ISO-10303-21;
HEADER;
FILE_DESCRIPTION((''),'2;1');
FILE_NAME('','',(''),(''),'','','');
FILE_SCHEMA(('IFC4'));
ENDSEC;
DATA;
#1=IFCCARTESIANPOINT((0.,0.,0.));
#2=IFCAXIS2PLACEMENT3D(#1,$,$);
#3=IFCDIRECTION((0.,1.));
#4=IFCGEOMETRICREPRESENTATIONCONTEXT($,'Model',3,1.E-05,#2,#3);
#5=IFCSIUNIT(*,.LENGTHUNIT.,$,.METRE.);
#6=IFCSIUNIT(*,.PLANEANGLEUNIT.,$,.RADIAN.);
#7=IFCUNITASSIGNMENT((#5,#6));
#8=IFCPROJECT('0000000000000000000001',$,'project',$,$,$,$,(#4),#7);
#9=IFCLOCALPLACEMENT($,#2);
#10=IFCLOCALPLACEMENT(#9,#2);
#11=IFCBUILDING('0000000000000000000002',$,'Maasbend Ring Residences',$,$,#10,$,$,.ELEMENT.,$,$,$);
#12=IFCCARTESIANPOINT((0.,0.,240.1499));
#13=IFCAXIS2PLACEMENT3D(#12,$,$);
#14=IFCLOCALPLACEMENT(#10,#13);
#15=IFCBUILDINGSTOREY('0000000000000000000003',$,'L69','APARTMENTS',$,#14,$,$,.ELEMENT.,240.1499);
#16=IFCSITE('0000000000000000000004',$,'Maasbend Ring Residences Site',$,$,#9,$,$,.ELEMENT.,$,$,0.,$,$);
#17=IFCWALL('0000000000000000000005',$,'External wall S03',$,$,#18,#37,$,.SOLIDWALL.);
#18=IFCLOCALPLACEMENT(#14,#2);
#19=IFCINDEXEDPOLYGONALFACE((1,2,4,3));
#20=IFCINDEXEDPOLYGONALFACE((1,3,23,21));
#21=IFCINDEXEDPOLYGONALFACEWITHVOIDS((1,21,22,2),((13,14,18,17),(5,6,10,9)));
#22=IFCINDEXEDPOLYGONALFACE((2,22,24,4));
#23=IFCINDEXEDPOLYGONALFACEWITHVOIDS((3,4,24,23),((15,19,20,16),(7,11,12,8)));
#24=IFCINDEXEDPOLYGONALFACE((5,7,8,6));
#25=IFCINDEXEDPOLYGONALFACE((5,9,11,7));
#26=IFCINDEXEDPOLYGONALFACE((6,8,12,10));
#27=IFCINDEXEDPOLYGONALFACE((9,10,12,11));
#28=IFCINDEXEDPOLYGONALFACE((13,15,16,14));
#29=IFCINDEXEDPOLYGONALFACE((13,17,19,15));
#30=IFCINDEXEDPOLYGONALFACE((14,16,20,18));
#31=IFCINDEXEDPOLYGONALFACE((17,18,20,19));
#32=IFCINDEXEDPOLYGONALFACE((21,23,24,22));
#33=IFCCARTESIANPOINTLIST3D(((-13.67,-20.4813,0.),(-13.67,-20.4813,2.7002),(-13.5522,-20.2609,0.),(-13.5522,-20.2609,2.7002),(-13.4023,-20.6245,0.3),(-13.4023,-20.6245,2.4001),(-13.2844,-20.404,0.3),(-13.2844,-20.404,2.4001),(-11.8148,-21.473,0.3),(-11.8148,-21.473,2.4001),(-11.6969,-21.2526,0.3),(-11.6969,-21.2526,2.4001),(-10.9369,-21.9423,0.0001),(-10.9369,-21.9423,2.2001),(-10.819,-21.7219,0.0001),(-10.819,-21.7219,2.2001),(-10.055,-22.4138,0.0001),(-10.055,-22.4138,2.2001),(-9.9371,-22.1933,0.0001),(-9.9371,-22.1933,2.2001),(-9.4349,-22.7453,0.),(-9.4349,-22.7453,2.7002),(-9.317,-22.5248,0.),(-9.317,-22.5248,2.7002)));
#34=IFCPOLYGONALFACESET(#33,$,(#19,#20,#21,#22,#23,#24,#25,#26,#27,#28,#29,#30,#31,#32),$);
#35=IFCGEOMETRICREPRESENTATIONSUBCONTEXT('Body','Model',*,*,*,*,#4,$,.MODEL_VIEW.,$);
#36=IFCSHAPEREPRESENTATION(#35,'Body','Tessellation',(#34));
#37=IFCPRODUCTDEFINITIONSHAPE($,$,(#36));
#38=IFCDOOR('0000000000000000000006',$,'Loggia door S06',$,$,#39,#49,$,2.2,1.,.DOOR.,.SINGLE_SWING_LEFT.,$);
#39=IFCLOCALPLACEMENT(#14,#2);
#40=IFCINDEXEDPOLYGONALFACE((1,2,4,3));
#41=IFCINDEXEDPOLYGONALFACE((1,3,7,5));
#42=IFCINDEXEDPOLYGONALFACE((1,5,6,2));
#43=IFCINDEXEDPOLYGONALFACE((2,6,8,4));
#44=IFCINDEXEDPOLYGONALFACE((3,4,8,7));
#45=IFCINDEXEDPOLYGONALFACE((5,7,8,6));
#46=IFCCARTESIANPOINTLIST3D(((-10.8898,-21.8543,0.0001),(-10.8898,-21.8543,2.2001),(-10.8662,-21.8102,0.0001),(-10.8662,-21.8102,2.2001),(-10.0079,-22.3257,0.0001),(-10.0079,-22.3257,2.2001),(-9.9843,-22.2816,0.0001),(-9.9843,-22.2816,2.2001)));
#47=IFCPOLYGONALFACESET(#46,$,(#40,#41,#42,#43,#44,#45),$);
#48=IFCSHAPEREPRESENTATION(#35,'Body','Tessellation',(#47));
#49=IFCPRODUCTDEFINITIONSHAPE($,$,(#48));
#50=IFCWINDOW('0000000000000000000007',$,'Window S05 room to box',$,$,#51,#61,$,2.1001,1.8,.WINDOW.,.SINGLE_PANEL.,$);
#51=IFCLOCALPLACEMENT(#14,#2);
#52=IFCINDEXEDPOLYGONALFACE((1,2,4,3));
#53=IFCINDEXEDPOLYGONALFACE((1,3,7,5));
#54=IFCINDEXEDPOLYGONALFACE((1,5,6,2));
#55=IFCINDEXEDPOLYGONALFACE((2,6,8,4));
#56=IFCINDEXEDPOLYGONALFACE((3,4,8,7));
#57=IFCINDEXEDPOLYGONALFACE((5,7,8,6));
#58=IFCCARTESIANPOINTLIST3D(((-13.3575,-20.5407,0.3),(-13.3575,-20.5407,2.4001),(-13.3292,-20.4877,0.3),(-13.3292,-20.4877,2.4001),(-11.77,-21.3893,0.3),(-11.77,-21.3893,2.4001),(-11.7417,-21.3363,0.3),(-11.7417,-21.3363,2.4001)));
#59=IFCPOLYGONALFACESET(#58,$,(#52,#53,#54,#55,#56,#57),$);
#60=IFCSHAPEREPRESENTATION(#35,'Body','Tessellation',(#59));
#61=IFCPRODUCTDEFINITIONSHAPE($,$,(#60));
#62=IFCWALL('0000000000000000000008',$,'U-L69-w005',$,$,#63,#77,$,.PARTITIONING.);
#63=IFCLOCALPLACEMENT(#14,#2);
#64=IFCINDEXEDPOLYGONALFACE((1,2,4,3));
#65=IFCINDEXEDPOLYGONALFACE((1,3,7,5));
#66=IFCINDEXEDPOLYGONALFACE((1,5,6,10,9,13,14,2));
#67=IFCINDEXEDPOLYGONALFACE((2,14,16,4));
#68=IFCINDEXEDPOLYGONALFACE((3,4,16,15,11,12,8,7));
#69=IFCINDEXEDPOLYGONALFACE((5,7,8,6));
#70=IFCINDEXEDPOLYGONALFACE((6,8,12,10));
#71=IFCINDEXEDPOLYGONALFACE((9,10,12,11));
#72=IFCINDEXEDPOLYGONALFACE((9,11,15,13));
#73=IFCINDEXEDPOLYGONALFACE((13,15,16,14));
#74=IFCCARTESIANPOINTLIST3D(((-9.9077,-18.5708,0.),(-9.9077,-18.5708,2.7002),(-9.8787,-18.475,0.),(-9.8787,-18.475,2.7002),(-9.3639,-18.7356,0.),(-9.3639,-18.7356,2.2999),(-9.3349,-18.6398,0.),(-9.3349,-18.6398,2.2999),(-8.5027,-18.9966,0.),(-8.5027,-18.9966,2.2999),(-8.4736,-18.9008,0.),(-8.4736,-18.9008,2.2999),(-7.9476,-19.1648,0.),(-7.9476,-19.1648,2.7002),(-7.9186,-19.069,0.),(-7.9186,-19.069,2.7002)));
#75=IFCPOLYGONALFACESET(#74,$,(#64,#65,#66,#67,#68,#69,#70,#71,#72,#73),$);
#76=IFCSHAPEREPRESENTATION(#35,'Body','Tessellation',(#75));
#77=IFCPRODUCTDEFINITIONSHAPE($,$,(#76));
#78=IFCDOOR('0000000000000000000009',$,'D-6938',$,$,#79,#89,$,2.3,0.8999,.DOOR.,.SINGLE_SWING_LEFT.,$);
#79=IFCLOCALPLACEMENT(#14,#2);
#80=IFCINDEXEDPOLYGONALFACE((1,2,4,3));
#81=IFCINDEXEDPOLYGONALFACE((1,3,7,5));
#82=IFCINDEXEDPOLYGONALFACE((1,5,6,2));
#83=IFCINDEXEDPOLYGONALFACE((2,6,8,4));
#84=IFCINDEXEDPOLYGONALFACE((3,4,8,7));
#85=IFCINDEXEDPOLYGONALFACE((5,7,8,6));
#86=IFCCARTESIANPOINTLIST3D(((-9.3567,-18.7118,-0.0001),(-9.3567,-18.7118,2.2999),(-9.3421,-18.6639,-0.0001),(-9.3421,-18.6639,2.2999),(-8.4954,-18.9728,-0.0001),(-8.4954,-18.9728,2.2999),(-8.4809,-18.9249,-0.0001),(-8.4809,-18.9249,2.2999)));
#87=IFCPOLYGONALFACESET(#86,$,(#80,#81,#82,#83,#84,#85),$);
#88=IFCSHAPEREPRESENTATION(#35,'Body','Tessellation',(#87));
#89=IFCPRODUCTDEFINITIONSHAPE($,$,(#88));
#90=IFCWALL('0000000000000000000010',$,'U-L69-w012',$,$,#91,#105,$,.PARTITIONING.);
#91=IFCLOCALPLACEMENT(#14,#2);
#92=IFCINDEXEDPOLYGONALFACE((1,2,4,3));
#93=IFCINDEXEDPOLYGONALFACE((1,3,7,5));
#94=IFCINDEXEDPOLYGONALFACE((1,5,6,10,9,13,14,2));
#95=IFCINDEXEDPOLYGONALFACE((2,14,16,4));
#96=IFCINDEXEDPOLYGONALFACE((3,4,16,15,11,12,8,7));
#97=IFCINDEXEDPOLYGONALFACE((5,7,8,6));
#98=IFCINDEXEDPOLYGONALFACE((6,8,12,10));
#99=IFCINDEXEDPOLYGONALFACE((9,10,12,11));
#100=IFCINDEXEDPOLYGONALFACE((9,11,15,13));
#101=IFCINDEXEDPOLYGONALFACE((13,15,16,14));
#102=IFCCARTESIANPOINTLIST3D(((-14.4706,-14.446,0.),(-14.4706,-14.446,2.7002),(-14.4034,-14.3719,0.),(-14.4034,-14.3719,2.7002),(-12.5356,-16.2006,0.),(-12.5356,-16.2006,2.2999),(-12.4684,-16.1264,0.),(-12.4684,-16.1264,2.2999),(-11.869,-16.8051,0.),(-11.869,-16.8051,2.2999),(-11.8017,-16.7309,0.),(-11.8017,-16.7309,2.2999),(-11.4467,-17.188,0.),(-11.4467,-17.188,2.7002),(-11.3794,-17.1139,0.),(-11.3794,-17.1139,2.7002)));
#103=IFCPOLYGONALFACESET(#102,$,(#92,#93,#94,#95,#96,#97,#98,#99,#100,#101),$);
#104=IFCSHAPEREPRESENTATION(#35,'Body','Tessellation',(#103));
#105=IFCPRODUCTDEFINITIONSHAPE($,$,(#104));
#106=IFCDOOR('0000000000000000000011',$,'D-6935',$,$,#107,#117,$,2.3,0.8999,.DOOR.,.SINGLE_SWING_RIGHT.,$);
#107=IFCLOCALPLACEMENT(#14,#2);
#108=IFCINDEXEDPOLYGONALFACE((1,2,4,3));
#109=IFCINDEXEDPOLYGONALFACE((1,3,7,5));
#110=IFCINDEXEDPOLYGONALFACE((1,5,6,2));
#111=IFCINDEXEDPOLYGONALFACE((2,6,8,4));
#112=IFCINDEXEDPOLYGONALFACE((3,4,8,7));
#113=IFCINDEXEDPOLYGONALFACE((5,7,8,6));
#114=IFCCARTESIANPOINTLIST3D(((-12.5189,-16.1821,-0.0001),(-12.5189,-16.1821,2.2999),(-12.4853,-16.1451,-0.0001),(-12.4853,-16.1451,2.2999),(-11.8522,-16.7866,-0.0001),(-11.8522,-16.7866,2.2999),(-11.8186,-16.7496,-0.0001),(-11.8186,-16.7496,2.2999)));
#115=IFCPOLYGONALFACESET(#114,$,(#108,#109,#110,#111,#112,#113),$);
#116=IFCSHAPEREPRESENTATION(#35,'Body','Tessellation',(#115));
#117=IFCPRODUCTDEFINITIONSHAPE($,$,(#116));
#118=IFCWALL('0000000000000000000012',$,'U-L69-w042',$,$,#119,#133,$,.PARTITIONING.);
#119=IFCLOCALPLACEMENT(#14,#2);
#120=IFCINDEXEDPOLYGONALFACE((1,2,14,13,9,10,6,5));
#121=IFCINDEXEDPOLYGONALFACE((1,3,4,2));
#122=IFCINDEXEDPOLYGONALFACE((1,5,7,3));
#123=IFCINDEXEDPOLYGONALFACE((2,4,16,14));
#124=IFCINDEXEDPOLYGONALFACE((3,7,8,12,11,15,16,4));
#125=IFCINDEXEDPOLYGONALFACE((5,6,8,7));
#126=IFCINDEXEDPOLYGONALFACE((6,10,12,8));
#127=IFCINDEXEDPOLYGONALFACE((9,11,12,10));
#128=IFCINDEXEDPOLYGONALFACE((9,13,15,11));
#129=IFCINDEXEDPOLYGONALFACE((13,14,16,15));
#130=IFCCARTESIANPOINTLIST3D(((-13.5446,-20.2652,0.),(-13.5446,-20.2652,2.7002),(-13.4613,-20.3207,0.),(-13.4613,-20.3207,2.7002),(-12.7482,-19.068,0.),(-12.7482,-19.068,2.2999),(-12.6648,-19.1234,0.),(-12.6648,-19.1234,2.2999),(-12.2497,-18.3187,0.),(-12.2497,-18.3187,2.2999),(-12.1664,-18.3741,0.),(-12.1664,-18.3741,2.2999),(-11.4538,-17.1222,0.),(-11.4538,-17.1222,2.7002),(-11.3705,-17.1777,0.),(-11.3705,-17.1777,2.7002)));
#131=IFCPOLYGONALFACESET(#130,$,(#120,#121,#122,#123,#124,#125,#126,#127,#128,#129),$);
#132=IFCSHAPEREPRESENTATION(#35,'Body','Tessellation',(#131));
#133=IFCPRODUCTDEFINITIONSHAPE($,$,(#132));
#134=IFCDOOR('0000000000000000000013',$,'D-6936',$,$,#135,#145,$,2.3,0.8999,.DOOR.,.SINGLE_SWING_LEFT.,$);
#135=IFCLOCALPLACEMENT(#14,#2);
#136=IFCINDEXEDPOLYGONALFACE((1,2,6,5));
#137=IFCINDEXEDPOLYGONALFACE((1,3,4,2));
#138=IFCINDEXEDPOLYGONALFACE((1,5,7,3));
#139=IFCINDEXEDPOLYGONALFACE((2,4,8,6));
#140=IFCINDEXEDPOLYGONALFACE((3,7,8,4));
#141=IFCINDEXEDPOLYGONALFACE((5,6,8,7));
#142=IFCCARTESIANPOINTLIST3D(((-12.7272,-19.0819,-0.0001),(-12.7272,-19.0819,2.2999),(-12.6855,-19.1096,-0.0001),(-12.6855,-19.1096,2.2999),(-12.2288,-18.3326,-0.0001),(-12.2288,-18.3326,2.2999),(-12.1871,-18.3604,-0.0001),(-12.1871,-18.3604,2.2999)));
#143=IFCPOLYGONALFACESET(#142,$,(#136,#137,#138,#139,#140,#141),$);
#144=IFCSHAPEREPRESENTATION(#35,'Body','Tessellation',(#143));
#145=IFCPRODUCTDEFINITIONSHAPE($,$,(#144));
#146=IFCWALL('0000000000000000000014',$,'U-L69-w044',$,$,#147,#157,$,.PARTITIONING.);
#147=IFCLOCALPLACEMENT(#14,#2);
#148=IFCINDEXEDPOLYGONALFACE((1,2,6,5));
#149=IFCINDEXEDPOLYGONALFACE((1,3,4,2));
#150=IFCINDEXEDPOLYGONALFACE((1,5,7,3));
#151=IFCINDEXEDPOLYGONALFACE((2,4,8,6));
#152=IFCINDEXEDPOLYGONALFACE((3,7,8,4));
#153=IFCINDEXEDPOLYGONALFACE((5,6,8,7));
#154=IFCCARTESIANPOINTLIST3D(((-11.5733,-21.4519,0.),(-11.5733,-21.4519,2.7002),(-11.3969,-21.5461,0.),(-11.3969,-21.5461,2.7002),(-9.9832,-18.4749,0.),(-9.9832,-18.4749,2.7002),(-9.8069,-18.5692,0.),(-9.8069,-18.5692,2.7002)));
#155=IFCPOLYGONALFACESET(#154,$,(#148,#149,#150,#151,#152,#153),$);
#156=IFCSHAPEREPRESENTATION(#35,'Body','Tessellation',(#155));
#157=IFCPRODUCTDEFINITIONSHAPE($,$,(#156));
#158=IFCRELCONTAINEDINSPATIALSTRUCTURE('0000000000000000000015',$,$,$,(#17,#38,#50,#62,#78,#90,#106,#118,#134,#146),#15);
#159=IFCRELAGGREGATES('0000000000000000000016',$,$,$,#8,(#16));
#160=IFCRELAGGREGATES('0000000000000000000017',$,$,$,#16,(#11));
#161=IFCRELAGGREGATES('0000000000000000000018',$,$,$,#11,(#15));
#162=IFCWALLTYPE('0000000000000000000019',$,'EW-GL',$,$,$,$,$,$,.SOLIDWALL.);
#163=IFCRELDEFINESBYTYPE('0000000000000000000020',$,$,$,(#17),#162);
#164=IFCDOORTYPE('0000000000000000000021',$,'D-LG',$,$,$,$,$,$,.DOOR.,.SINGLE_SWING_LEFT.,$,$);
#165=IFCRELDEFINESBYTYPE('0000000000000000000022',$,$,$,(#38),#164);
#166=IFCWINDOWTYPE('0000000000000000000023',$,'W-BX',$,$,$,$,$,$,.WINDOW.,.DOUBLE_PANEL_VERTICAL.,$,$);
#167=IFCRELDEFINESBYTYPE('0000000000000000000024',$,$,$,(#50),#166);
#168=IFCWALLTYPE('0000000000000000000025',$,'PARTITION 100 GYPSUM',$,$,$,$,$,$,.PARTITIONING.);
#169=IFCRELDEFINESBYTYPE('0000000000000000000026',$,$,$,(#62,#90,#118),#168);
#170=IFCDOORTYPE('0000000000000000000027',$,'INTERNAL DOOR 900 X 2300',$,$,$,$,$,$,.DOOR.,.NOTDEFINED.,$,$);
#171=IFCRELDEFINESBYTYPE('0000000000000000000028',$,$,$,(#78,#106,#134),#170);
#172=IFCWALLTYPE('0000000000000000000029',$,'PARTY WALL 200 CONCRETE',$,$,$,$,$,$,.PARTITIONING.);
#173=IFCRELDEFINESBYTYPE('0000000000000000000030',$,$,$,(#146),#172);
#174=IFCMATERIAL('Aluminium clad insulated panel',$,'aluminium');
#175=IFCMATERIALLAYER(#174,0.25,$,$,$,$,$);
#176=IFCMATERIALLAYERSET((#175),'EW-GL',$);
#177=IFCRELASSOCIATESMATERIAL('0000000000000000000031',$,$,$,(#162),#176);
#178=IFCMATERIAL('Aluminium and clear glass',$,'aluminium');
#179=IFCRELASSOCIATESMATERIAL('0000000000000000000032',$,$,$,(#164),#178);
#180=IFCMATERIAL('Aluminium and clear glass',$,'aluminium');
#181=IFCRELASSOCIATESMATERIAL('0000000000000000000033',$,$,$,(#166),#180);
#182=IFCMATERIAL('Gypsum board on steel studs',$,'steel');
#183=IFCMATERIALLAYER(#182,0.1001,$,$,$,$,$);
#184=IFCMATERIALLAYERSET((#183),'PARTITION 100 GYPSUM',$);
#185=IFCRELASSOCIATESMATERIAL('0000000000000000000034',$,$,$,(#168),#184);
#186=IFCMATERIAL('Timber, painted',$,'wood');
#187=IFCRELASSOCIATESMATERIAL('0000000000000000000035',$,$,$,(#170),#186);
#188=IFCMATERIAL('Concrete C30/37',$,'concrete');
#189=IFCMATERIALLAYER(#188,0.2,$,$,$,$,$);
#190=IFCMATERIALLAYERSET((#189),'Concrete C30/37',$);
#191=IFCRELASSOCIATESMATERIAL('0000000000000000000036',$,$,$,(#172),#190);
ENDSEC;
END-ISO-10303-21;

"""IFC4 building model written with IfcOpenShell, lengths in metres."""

from ifc_helpers import new_model, si_unit, direction, frame, frame_2d, origin, place, context, subcontext, project, spatial, rectangle, extrude, material, layer, layer_set, type_object, element, fill, save


model = new_model("IFC4")

# Units and contexts
model_context = context("Model", 3, precision=1e-05, world=origin(), true_north=direction((0.0, 1.0)))
body_context = subcontext(model_context, "Body", "Model", "MODEL_VIEW")
ifc_project = project(units=[si_unit("LENGTHUNIT", "METRE"), si_unit("PLANEANGLEUNIT", "RADIAN")], contexts=[model_context])

# Site, building, storey
site_placement = place(None, origin())
site = spatial("IfcSite", under=ifc_project, at=site_placement, Name="Maasbend Ring Residences Site", CompositionType="ELEMENT", RefElevation=0.0)
building_placement = place(site_placement, origin())
building = spatial("IfcBuilding", under=site, at=building_placement, Name="Maasbend Ring Residences", CompositionType="ELEMENT")
storey_placement = place(building_placement, frame((0.0, 0.0, 240.1499)))
storey = spatial("IfcBuildingStorey", under=building, at=storey_placement, Name="L69", Description="APARTMENTS", CompositionType="ELEMENT", Elevation=240.1499)

# Wall, openings, door, window
ifc_material_1 = material(Name="Aluminium clad insulated panel", Category="aluminium")
ifc_layer_1 = layer(ifc_material_1, 0.25)
ifc_layer_set_1 = layer_set([ifc_layer_1], Name="EW-GL")
wall_type_1 = type_object("IfcWallType", Name="EW-GL", PredefinedType="SOLIDWALL", material=ifc_layer_set_1)
wall_1_placement = place(storey_placement, frame((-13.6111, -20.3711, 0.0), z_axis=(0.0, 0.0, 1.0), x_axis=(0.881904, -0.47143, 0.0)))
wall_1 = element("IfcWall", 1, at=wall_1_placement, inside=storey, type_object=wall_type_1, Name="External wall S03", PredefinedType="SOLIDWALL", context=body_context, shape_type="SweptSolid", body=[
    extrude(rectangle(XDim=4.8022, YDim=0.25, at=frame_2d((2.4011, 0.0))), origin(), (0.0, 0.0, 1.0), 2.7002),
])
opening_1_placement = place(wall_1_placement, frame((0.3037, 0.0, 0.3)))
opening_1 = element("IfcOpeningElement", 2, at=opening_1_placement, cuts=wall_1, PredefinedType="OPENING", context=body_context, shape_type="SweptSolid", body=[
    extrude(rectangle(XDim=1.8, YDim=2.1001, at=frame_2d((0.8999, 1.05))), frame((0.0, 0.135, 0.0), z_axis=(0.0, -1.0, 0.0), x_axis=(1.0, 0.0, 0.0)), (0.0, 0.0, 1.0), 0.27),
])
opening_2_placement = place(wall_1_placement, frame((3.0991, 0.0, 0.0)))
opening_2 = element("IfcOpeningElement", 3, at=opening_2_placement, cuts=wall_1, PredefinedType="OPENING", context=body_context, shape_type="SweptSolid", body=[
    extrude(rectangle(XDim=1.0, YDim=2.2, at=frame_2d((0.5, 1.1001))), frame((0.0, 0.135, 0.0), z_axis=(0.0, -1.0, 0.0), x_axis=(1.0, 0.0, 0.0)), (0.0, 0.0, 1.0), 0.27),
])
ifc_material_2 = material(Name="Aluminium and clear glass", Category="aluminium")
door_type_1 = type_object("IfcDoorType", Name="D-LG", OperationType="SINGLE_SWING_LEFT", PredefinedType="DOOR", material=ifc_material_2)
door_1_placement = place(opening_2_placement, origin())
door_1 = element("IfcDoor", 4, at=door_1_placement, inside=storey, type_object=door_type_1, Name="Loggia door S06", OperationType="SINGLE_SWING_LEFT", OverallHeight=2.2, OverallWidth=1.0, PredefinedType="DOOR", context=body_context, shape_type="SweptSolid", body=[
    extrude(rectangle(XDim=1.0, YDim=2.2, at=frame_2d((0.5, 1.1001))), frame((0.0, 0.0249, 0.0), z_axis=(0.0, -1.0, 0.0), x_axis=(1.0, 0.0, 0.0)), (0.0, 0.0, 1.0), 0.05),
])
fill(opening_2, door_1)
ifc_material_3 = material(Name="Aluminium and clear glass", Category="aluminium")
window_type_1 = type_object("IfcWindowType", Name="W-BX", PartitioningType="DOUBLE_PANEL_VERTICAL", PredefinedType="WINDOW", material=ifc_material_3)
window_1_placement = place(opening_1_placement, origin())
window_1 = element("IfcWindow", 5, at=window_1_placement, inside=storey, type_object=window_type_1, Name="Window S05 room to box", OverallHeight=2.1001, OverallWidth=1.8, PartitioningType="SINGLE_PANEL", PredefinedType="WINDOW", context=body_context, shape_type="SweptSolid", body=[
    extrude(rectangle(XDim=1.8, YDim=2.1001, at=frame_2d((0.8999, 1.05))), frame((0.0, 0.03, 0.0), z_axis=(0.0, -1.0, 0.0), x_axis=(1.0, 0.0, 0.0)), (0.0, 0.0, 1.0), 0.0601),
])
fill(opening_1, window_1)

# Walls, openings, doors
ifc_material_4 = material(Name="Gypsum board on steel studs", Category="steel")
ifc_layer_2 = layer(ifc_material_4, 0.1001)
ifc_layer_set_2 = layer_set([ifc_layer_2], Name="PARTITION 100 GYPSUM")
wall_type_2 = type_object("IfcWallType", Name="PARTITION 100 GYPSUM", PredefinedType="PARTITIONING", material=ifc_layer_set_2)
wall_2_placement = place(storey_placement, frame((-9.8931, -18.5229, 0.0), z_axis=(0.0, 0.0, 1.0), x_axis=(0.957015, -0.290037, 0.0)))
wall_2 = element("IfcWall", 6, at=wall_2_placement, inside=storey, type_object=wall_type_2, Name="U-L69-w005", PredefinedType="PARTITIONING", context=body_context, shape_type="SweptSolid", body=[
    extrude(rectangle(XDim=2.0481, YDim=0.1001, at=frame_2d((1.0239, 0.0))), origin(), (0.0, 0.0, 1.0), 2.7002),
])
opening_3_placement = place(wall_2_placement, frame((0.5681, 0.0, 0.0)))
opening_3 = element("IfcOpeningElement", 7, at=opening_3_placement, cuts=wall_2, PredefinedType="OPENING", context=body_context, shape_type="SweptSolid", body=[
    extrude(rectangle(XDim=0.8999, YDim=2.3, at=frame_2d((0.45, 1.1499))), frame((0.0, 0.0601, 0.0), z_axis=(0.0, -1.0, 0.0), x_axis=(1.0, 0.0, 0.0)), (0.0, 0.0, 1.0), 0.1201),
])
ifc_material_5 = material(Name="Timber, painted", Category="wood")
door_type_2 = type_object("IfcDoorType", Name="INTERNAL DOOR 900 X 2300", OperationType="NOTDEFINED", PredefinedType="DOOR", material=ifc_material_5)
door_2_placement = place(opening_3_placement, origin())
door_2 = element("IfcDoor", 8, at=door_2_placement, inside=storey, type_object=door_type_2, Name="D-6938", OperationType="SINGLE_SWING_LEFT", OverallHeight=2.3, OverallWidth=0.8999, PredefinedType="DOOR", context=body_context, shape_type="SweptSolid", body=[
    extrude(rectangle(XDim=0.8999, YDim=2.3, at=frame_2d((0.45, 1.1499))), frame((0.0, 0.0249, 0.0), z_axis=(0.0, -1.0, 0.0), x_axis=(1.0, 0.0, 0.0)), (0.0, 0.0, 1.0), 0.05),
])
fill(opening_3, door_2)
wall_3_placement = place(storey_placement, frame((-14.437, -14.4089, 0.0), z_axis=(0.0, 0.0, 1.0), x_axis=(0.740803, -0.671723, 0.0)))
wall_3 = element("IfcWall", 9, at=wall_3_placement, inside=storey, type_object=wall_type_2, Name="U-L69-w012", PredefinedType="PARTITIONING", context=body_context, shape_type="SweptSolid", body=[
    extrude(rectangle(XDim=4.082, YDim=0.1001, at=frame_2d((2.041, 0.0))), origin(), (0.0, 0.0, 1.0), 2.7002),
])
opening_4_placement = place(wall_3_placement, frame((2.6121, 0.0, 0.0)))
opening_4 = element("IfcOpeningElement", 10, at=opening_4_placement, cuts=wall_3, PredefinedType="OPENING", context=body_context, shape_type="SweptSolid", body=[
    extrude(rectangle(XDim=0.8999, YDim=2.3, at=frame_2d((0.45, 1.1499))), frame((0.0, 0.0601, 0.0), z_axis=(0.0, -1.0, 0.0), x_axis=(1.0, 0.0, 0.0)), (0.0, 0.0, 1.0), 0.1201),
])
door_3_placement = place(opening_4_placement, origin())
door_3 = element("IfcDoor", 11, at=door_3_placement, inside=storey, type_object=door_type_2, Name="D-6935", OperationType="SINGLE_SWING_RIGHT", OverallHeight=2.3, OverallWidth=0.8999, PredefinedType="DOOR", context=body_context, shape_type="SweptSolid", body=[
    extrude(rectangle(XDim=0.8999, YDim=2.3, at=frame_2d((0.45, 1.1499))), frame((0.0, 0.0249, 0.0), z_axis=(0.0, -1.0, 0.0), x_axis=(1.0, 0.0, 0.0)), (0.0, 0.0, 1.0), 0.05),
])
fill(opening_4, door_3)
wall_4_placement = place(storey_placement, frame((-13.5029, -20.293, 0.0), z_axis=(0.0, 0.0, 1.0), x_axis=(0.553864, 0.832607, 0.0)))
wall_4 = element("IfcWall", 12, at=wall_4_placement, inside=storey, type_object=wall_type_2, Name="U-L69-w042", PredefinedType="PARTITIONING", context=body_context, shape_type="SweptSolid", body=[
    extrude(rectangle(XDim=3.7749, YDim=0.1001, at=frame_2d((1.8875, 0.0))), origin(), (0.0, 0.0, 1.0), 2.7002),
])
opening_5_placement = place(wall_4_placement, frame((1.438, 0.0, 0.0)))
opening_5 = element("IfcOpeningElement", 13, at=opening_5_placement, cuts=wall_4, PredefinedType="OPENING", context=body_context, shape_type="SweptSolid", body=[
    extrude(rectangle(XDim=0.8999, YDim=2.3, at=frame_2d((0.45, 1.1499))), frame((0.0, 0.0601, 0.0), z_axis=(0.0, -1.0, 0.0), x_axis=(1.0, 0.0, 0.0)), (0.0, 0.0, 1.0), 0.1201),
])
door_4_placement = place(opening_5_placement, origin())
door_4 = element("IfcDoor", 14, at=door_4_placement, inside=storey, type_object=door_type_2, Name="D-6936", OperationType="SINGLE_SWING_LEFT", OverallHeight=2.3, OverallWidth=0.8999, PredefinedType="DOOR", context=body_context, shape_type="SweptSolid", body=[
    extrude(rectangle(XDim=0.8999, YDim=2.3, at=frame_2d((0.45, 1.1499))), frame((0.0, 0.0249, 0.0), z_axis=(0.0, -1.0, 0.0), x_axis=(1.0, 0.0, 0.0)), (0.0, 0.0, 1.0), 0.05),
])
fill(opening_5, door_4)

# Wall
ifc_material_6 = material(Name="Concrete C30/37", Category="concrete")
ifc_layer_3 = layer(ifc_material_6, 0.2)
ifc_layer_set_3 = layer_set([ifc_layer_3], Name="Concrete C30/37")
wall_type_3 = type_object("IfcWallType", Name="PARTY WALL 200 CONCRETE", PredefinedType="PARTITIONING", material=ifc_layer_set_3)
wall_5_placement = place(storey_placement, frame((-11.4851, -21.499, 0.0), z_axis=(0.0, 0.0, 1.0), x_axis=(0.471125, 0.882066, 0.0)))
element("IfcWall", 15, at=wall_5_placement, inside=storey, type_object=wall_type_3, Name="U-L69-w044", PredefinedType="PARTITIONING", context=body_context, shape_type="SweptSolid", body=[
    extrude(rectangle(XDim=3.375, YDim=0.2, at=frame_2d((1.6875, 0.0))), origin(), (0.0, 0.0, 1.0), 2.7002),
])

save(model, "model.ifc")
